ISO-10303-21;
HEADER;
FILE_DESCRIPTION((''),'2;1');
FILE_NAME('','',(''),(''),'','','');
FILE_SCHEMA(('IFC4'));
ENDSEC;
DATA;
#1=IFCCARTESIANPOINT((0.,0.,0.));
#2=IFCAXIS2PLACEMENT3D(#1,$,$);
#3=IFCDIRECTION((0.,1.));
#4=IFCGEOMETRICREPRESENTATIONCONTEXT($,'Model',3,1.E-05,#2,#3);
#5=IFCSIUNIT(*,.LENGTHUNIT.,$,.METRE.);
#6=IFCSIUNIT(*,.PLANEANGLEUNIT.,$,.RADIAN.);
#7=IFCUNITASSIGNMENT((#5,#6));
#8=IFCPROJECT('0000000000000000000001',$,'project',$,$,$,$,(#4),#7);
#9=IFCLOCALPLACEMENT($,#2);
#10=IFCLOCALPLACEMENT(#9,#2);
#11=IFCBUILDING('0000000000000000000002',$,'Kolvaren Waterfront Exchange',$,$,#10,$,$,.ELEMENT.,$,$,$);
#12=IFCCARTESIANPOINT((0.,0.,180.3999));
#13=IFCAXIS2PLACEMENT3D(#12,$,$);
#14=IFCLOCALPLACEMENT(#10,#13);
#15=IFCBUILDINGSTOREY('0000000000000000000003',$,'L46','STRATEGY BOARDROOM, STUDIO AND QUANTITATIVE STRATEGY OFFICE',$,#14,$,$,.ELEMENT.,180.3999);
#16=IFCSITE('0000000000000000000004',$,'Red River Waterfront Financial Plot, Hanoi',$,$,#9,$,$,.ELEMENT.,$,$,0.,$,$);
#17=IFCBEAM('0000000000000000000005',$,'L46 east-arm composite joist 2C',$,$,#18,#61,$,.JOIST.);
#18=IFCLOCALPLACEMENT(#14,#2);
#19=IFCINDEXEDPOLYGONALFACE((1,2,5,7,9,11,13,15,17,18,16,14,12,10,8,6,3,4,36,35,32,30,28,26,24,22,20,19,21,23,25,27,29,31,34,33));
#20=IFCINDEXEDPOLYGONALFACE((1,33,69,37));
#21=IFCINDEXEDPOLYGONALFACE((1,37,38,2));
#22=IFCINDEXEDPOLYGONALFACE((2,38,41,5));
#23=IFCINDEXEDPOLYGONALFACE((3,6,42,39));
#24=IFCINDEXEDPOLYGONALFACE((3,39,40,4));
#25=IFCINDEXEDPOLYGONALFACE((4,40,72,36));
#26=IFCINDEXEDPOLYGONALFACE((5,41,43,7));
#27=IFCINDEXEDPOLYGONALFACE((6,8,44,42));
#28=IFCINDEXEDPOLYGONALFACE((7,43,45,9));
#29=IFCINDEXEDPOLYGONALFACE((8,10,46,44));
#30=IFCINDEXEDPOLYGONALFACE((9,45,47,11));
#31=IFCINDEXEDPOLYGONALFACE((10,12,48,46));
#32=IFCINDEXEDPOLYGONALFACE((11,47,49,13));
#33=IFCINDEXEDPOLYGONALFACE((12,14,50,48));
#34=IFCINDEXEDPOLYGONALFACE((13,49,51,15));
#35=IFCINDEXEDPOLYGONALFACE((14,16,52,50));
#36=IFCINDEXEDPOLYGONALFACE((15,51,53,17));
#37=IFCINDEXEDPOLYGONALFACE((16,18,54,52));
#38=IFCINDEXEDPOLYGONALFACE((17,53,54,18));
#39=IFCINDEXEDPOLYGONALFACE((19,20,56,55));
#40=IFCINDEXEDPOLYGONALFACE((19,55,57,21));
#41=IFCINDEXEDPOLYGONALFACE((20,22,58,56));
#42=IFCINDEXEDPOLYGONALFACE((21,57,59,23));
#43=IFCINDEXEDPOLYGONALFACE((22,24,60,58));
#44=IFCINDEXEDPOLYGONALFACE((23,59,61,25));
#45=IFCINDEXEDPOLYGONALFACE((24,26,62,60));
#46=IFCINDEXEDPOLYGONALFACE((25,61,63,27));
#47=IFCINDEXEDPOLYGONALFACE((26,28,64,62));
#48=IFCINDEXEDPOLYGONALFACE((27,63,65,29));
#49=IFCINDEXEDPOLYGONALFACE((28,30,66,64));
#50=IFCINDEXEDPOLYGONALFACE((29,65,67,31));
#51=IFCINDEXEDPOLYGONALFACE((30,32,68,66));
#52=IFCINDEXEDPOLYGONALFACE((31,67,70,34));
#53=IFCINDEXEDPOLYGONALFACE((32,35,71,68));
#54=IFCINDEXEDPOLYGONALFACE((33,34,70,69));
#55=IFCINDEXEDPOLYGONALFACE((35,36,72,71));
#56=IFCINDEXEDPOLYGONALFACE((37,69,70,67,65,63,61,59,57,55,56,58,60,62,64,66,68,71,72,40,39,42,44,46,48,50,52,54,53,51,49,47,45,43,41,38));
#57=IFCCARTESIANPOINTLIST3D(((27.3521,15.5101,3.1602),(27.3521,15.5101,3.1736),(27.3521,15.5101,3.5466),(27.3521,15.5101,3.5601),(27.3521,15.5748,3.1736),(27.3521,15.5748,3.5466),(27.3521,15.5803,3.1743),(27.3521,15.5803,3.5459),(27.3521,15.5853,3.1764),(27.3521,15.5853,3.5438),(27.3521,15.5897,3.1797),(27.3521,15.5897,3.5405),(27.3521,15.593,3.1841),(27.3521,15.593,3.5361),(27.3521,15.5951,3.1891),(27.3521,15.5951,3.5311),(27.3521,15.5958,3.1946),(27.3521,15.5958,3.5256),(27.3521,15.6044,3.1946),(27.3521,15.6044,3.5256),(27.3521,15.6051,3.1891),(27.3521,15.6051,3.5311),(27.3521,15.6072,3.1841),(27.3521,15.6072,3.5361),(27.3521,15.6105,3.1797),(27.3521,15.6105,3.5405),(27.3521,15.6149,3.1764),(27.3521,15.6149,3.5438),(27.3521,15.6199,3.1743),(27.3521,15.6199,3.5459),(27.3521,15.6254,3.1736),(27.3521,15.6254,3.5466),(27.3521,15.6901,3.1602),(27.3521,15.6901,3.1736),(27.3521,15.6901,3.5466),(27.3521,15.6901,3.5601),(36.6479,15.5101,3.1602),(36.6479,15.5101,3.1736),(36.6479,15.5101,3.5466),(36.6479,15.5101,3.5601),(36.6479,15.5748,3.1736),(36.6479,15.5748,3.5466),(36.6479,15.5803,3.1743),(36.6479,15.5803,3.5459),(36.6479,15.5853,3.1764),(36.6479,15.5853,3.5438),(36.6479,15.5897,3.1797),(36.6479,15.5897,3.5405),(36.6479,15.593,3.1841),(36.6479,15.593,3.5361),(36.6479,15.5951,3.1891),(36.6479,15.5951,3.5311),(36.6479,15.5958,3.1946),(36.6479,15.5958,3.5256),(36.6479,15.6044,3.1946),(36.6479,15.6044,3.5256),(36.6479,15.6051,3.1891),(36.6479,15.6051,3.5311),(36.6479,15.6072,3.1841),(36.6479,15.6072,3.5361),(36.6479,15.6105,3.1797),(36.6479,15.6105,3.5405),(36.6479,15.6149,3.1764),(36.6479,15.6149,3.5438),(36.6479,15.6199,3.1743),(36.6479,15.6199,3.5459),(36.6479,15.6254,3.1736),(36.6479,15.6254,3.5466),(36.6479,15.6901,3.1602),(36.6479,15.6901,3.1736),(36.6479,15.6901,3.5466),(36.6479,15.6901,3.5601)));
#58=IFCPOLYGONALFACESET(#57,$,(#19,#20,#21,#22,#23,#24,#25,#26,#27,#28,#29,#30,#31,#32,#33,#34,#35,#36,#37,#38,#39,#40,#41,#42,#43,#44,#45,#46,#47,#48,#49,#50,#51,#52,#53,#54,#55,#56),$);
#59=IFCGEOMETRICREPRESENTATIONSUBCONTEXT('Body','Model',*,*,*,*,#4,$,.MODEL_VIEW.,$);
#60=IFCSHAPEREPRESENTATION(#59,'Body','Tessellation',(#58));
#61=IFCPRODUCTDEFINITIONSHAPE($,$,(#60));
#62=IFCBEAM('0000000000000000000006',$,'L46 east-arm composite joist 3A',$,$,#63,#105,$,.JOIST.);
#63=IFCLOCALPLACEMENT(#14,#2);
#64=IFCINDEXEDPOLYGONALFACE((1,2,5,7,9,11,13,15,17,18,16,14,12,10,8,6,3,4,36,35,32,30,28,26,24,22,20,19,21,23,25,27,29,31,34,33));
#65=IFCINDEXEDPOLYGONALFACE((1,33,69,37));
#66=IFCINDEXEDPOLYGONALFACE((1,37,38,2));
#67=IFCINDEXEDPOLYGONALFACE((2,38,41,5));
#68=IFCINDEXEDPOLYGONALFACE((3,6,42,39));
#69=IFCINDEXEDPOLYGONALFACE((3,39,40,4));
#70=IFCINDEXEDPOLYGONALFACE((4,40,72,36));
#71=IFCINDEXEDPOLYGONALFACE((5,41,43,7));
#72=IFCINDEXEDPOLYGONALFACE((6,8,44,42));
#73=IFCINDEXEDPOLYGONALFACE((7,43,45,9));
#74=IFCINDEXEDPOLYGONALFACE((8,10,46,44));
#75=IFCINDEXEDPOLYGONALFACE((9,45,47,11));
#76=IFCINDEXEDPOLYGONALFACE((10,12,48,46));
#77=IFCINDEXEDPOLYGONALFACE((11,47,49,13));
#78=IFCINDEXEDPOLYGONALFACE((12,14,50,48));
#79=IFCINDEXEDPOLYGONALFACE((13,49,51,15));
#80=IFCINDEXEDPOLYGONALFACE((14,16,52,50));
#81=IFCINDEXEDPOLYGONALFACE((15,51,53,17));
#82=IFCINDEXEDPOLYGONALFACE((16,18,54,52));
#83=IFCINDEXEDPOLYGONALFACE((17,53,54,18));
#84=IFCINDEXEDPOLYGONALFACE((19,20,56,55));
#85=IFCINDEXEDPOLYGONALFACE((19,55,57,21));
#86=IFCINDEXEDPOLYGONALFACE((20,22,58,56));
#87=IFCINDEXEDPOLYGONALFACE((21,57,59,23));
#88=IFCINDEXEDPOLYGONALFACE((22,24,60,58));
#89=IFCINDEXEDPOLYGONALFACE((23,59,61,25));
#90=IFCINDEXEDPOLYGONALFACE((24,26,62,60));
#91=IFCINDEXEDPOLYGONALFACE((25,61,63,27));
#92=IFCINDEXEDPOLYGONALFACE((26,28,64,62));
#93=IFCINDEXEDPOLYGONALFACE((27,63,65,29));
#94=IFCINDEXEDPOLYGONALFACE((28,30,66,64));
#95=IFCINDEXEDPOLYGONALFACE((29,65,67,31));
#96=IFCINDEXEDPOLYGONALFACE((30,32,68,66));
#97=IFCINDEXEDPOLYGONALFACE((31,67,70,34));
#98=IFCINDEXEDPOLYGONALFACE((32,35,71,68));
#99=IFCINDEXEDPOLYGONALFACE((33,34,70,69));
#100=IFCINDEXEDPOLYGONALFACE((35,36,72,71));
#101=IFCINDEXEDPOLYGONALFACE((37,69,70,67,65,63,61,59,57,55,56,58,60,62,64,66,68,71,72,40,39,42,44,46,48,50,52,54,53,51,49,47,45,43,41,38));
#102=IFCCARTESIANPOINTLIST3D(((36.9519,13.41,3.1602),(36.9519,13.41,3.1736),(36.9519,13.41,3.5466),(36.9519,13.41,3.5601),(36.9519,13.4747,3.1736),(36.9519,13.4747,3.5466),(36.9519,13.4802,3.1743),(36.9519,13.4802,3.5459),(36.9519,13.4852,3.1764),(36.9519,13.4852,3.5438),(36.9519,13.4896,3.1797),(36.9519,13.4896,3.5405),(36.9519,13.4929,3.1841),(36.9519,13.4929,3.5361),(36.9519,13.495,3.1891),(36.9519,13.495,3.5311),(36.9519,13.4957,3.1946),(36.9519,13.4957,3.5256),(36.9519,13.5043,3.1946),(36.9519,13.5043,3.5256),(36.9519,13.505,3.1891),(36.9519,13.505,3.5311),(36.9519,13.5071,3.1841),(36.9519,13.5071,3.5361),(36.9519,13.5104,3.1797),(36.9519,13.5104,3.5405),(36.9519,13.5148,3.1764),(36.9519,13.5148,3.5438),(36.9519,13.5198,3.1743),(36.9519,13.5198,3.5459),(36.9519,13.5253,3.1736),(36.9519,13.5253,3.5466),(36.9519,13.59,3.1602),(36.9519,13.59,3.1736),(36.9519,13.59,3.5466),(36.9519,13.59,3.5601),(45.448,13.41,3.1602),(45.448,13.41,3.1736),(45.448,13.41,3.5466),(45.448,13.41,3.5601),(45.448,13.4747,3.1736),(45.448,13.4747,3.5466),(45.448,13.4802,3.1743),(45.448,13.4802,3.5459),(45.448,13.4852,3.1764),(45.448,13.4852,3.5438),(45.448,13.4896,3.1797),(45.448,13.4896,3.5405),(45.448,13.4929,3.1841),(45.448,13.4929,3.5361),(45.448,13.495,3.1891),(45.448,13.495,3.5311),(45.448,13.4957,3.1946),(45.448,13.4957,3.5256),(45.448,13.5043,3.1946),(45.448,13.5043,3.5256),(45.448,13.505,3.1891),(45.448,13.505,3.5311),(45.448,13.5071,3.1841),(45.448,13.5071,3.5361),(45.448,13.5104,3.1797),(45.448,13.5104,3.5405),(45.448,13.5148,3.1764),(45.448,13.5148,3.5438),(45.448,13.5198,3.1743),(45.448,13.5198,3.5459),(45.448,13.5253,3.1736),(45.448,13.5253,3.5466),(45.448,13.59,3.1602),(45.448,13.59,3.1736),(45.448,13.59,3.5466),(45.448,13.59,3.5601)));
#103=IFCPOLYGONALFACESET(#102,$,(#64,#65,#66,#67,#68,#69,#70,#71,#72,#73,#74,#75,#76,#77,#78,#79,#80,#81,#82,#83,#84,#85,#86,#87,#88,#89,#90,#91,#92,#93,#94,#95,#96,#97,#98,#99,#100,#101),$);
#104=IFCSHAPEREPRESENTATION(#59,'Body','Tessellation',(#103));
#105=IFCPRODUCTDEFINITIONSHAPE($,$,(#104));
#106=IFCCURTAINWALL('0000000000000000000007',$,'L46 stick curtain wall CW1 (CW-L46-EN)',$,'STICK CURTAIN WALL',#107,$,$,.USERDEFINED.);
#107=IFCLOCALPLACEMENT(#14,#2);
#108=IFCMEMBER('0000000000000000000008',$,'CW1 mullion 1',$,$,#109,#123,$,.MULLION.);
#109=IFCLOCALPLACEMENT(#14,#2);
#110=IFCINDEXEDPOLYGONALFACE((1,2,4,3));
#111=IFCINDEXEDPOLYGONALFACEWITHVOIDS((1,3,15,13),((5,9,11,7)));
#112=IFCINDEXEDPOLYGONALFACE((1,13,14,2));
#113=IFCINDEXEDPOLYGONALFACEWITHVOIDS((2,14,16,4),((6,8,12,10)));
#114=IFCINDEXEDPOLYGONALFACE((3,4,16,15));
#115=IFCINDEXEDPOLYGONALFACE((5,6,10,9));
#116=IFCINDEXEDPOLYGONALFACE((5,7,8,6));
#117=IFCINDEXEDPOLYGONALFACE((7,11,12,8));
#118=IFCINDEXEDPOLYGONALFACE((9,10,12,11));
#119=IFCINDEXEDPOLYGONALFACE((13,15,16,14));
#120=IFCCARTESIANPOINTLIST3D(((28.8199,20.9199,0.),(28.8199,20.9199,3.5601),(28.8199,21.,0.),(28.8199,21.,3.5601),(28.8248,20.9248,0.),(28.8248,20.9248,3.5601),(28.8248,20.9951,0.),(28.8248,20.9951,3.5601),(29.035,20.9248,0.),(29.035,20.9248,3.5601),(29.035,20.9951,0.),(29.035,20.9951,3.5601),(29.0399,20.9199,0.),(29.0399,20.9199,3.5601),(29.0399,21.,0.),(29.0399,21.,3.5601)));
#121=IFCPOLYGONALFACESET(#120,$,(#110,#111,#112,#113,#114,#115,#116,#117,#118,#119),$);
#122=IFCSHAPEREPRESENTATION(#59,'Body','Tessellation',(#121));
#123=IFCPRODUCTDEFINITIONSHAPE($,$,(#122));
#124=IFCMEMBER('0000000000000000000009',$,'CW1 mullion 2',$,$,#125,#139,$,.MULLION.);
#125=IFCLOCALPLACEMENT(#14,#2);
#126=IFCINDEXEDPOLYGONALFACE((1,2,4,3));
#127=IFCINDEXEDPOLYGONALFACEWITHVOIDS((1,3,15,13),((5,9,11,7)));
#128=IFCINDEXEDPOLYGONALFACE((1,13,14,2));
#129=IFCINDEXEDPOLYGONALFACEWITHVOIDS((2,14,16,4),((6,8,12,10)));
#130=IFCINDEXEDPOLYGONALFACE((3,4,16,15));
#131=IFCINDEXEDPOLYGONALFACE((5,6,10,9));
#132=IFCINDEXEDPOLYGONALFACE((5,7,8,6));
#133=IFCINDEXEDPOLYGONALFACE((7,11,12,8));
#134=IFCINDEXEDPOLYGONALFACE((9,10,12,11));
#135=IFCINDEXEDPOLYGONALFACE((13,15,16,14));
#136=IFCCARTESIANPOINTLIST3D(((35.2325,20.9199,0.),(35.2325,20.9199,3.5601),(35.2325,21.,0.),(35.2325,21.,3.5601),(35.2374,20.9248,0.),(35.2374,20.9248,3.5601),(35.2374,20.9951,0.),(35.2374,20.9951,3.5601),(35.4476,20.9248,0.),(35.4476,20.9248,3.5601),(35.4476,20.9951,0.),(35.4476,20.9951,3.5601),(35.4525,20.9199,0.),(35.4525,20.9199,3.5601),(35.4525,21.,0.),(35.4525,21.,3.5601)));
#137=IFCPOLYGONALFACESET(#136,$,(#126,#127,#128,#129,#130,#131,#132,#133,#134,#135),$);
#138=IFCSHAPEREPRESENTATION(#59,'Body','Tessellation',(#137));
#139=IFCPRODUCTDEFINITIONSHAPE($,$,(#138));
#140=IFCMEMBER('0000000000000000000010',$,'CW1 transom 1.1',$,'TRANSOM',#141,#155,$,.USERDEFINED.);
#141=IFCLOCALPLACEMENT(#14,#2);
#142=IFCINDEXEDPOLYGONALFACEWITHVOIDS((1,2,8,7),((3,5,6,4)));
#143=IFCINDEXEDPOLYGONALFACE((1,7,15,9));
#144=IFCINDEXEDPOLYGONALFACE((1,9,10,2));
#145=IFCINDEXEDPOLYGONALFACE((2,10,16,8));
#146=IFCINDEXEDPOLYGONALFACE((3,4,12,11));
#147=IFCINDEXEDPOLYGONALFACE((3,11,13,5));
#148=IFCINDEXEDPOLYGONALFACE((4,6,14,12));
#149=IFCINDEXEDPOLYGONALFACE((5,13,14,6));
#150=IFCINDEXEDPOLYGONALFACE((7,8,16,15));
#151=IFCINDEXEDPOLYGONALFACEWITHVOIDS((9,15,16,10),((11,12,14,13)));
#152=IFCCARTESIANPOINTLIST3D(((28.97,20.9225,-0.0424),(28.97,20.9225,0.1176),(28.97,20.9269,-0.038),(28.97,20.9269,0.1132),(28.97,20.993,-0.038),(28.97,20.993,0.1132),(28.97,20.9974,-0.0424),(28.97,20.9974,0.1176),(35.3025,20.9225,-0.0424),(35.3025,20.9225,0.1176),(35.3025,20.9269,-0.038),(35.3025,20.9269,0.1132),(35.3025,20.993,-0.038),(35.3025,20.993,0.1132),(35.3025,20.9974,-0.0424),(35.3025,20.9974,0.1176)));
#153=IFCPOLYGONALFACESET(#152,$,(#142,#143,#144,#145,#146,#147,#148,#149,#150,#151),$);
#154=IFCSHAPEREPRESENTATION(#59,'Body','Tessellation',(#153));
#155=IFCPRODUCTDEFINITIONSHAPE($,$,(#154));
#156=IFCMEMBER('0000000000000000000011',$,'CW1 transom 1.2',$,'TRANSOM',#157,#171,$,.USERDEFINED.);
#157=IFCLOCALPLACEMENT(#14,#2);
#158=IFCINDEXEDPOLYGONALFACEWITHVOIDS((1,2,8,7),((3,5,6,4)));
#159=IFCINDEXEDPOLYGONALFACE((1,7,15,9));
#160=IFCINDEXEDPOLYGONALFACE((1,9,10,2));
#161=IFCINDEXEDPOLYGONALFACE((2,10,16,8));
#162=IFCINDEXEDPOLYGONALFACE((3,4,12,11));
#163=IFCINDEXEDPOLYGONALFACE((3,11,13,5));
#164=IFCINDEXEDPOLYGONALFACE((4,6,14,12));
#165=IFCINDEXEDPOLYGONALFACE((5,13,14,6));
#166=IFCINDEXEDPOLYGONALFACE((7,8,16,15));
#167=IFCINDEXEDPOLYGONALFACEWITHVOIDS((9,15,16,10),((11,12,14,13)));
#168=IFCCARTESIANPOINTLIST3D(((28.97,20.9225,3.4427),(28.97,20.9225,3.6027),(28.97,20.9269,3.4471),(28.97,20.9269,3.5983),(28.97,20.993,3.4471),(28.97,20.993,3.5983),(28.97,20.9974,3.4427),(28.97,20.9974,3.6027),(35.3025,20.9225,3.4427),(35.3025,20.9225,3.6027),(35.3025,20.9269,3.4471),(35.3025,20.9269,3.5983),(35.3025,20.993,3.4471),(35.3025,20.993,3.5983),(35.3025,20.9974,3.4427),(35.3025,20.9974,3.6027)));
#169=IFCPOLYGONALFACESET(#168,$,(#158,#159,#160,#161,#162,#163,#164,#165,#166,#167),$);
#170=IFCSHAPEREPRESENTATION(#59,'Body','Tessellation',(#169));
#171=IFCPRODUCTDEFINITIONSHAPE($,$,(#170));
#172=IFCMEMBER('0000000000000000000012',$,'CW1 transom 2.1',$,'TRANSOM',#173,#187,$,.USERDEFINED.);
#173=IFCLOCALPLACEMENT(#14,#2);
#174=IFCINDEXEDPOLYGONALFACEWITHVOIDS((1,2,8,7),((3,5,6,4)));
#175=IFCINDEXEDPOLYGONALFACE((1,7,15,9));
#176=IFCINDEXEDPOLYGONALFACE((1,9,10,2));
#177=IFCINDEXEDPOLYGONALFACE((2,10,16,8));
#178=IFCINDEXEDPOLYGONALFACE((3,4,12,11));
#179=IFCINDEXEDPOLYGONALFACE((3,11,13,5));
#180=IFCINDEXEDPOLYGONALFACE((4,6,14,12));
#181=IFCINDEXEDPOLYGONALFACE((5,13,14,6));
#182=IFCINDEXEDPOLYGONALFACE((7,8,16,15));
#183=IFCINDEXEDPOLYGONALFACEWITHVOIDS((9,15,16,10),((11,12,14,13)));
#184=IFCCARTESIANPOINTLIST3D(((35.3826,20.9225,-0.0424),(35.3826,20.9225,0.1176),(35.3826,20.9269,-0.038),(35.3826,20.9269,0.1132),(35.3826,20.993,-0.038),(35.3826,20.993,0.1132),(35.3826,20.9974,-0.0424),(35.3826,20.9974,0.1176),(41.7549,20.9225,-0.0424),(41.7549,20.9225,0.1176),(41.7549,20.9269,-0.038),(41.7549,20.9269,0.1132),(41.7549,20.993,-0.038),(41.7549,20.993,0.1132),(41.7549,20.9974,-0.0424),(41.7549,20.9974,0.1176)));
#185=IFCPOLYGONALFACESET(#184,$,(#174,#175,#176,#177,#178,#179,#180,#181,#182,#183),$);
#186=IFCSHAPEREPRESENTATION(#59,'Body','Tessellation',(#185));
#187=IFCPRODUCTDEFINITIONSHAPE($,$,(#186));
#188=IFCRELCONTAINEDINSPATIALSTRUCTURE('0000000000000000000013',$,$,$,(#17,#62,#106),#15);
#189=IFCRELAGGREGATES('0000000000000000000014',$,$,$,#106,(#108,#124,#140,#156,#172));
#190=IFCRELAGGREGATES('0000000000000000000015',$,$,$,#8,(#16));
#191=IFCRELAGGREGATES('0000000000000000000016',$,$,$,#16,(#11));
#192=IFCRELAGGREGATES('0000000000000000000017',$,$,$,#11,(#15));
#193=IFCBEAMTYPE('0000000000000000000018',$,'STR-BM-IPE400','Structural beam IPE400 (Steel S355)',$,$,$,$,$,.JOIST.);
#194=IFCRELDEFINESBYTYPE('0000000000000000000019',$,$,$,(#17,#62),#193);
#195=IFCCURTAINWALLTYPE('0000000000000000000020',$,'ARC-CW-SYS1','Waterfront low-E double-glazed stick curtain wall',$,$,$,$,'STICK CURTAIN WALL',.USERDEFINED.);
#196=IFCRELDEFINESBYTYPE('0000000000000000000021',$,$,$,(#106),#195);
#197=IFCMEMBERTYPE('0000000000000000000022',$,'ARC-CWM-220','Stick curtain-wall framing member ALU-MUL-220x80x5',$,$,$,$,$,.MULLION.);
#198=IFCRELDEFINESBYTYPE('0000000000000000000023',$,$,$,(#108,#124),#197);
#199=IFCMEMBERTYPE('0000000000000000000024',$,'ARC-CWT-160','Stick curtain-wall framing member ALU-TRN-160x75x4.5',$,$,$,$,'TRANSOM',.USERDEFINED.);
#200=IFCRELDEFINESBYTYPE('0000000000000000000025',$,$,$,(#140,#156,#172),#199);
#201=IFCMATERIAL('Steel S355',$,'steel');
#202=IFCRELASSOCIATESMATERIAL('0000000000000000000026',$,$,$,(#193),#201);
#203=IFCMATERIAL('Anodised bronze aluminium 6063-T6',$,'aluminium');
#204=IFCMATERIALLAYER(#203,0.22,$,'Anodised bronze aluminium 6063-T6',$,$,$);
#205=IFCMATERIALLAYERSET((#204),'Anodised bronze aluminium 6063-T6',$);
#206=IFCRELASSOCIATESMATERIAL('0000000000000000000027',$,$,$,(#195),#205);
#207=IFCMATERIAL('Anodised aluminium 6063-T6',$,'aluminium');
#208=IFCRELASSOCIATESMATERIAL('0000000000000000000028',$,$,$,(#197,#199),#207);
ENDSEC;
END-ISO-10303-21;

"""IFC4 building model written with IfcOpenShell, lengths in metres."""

from ifc_helpers import new_model, si_unit, direction, frame, origin, origin_with_axes, origin_2d, place, context, subcontext, project, spatial, hollow_rectangle, i_section, extrude, source, transform, mapped, material, layer, layer_set, material_profile, profile_set, type_object, element, aggregate, save


model = new_model("IFC4")

# Units and contexts
model_context = context("Model", 3, precision=1e-05, world=origin(), true_north=direction((0.0, 1.0)))
body_context = subcontext(model_context, "Body", "Model", "MODEL_VIEW")
ifc_project = project(units=[si_unit("LENGTHUNIT", "METRE"), si_unit("PLANEANGLEUNIT", "RADIAN")], contexts=[model_context])

# Site, building, storey
site_placement = place(None, origin())
site = spatial("IfcSite", under=ifc_project, at=site_placement, Name="Red River Waterfront Financial Plot, Hanoi", CompositionType="ELEMENT", RefElevation=0.0)
building_placement = place(site_placement, origin())
building = spatial("IfcBuilding", under=site, at=building_placement, Name="Kolvaren Waterfront Exchange", CompositionType="ELEMENT")
storey_placement = place(building_placement, frame((0.0, 0.0, 180.3999)))
storey = spatial("IfcBuildingStorey", under=building, at=storey_placement, Name="L46", Description="STRATEGY BOARDROOM, STUDIO AND QUANTITATIVE STRATEGY OFFICE", CompositionType="ELEMENT", Elevation=180.3999)

# Beams
ifc_material_1 = material(Name="Steel S355", Category="steel")
ifc_material_profile_1 = material_profile(ifc_material_1, i_section(OverallWidth=0.1799, OverallDepth=0.3999, WebThickness=0.0085, FlangeThickness=0.0134, FilletRadius=0.021, at=origin_2d()), Name="IPE400")
ifc_profile_set_1 = profile_set([ifc_material_profile_1], Name="Steel S355")
beam_type_1 = type_object("IfcBeamType", Name="STR-BM-IPE400", Description="Structural beam IPE400 (Steel S355)", PredefinedType="JOIST", material=ifc_profile_set_1)
for number, where, z_axis, x_axis, name in (
    (1, (27.3521, 15.6001, 3.3601), (1.0, 0.0, 0.0), (0.0, 1.0, 0.0), "L46 east-arm composite joist 2C"),
):
    element("IfcBeam", number, at=place(storey_placement, frame(where, z_axis=z_axis, x_axis=x_axis)), inside=storey, type_object=beam_type_1, Name=name, PredefinedType="JOIST", context=body_context, shape_type="SweptSolid", body=[
        extrude(i_section(OverallWidth=0.1799, OverallDepth=0.3999, WebThickness=0.0085, FlangeThickness=0.0134, FilletRadius=0.021, at=origin_2d()), origin(), (0.0, 0.0, 1.0), 9.2959),
    ])
beam_1_placement = place(storey_placement, frame((36.9519, 13.5, 3.3601), z_axis=(1.0, 0.0, 0.0), x_axis=(0.0, 1.0, 0.0)))
element("IfcBeam", 2, at=beam_1_placement, inside=storey, type_object=beam_type_1, Name="L46 east-arm composite joist 3A", PredefinedType="JOIST", context=body_context, shape_type="SweptSolid", body=[
    extrude(i_section(OverallWidth=0.1799, OverallDepth=0.3999, WebThickness=0.0085, FlangeThickness=0.0134, FilletRadius=0.021, at=origin_2d()), origin(), (0.0, 0.0, 1.0), 8.4961),
])

# Curtain wall, members
ifc_material_2 = material(Name="Anodised bronze aluminium 6063-T6", Category="aluminium")
ifc_layer_1 = layer(ifc_material_2, 0.22, Name="Anodised bronze aluminium 6063-T6")
ifc_layer_set_1 = layer_set([ifc_layer_1], Name="Anodised bronze aluminium 6063-T6")
curtain_wall_type = type_object("IfcCurtainWallType", Name="ARC-CW-SYS1", Description="Waterfront low-E double-glazed stick curtain wall", ElementType="STICK CURTAIN WALL", PredefinedType="USERDEFINED", material=ifc_layer_set_1)
curtain_wall_placement = place(storey_placement, origin())
curtain_wall = element("IfcCurtainWall", 3, at=curtain_wall_placement, inside=storey, type_object=curtain_wall_type, Name="L46 stick curtain wall CW1 (CW-L46-EN)", ObjectType="STICK CURTAIN WALL", PredefinedType="USERDEFINED")
ifc_material_3 = material(Name="Anodised aluminium 6063-T6", Category="aluminium")
ifc_material_profile_2 = material_profile(ifc_material_3, hollow_rectangle(XDim=0.0801, YDim=0.22, WallThickness=0.0049, at=origin_2d()), Name="ALU-MUL-220x80x5")
ifc_profile_set_2 = profile_set([ifc_material_profile_2], Name="Anodised aluminium 6063-T6")
member_type_1 = type_object("IfcMemberType", Name="ARC-CWM-220", Description="Stick curtain-wall framing member ALU-MUL-220x80x5", PredefinedType="MULLION", material=ifc_profile_set_2)
shared_shape_1 = source(origin_with_axes(), body_context, "Body", "SweptSolid", [
    extrude(hollow_rectangle(XDim=0.0801, YDim=0.22, WallThickness=0.0049, at=origin_2d()), origin(), (0.0, 0.0, 1.0), 3.5601),
])
member_1_placement = place(storey_placement, frame((28.9299, 20.96, 0.0), z_axis=(0.0, 0.0, 1.0), x_axis=(0.0, 1.0, 0.0)))
member_1 = element("IfcMember", 4, at=member_1_placement, type_object=member_type_1, Name="CW1 mullion 1", PredefinedType="MULLION", context=body_context, shape_type="MappedRepresentation", body=[
    mapped(shared_shape_1, transform((0.0, 0.0, 0.0), x_axis=(1.0, 0.0, 0.0), y_axis=(0.0, 1.0, 0.0), z_axis=(0.0, 0.0, 1.0), scale=1.0)),
])
member_2_placement = place(storey_placement, frame((35.3425, 20.96, 0.0), z_axis=(0.0, 0.0, 1.0), x_axis=(0.0, 1.0, 0.0)))
member_2 = element("IfcMember", 5, at=member_2_placement, type_object=member_type_1, Name="CW1 mullion 2", PredefinedType="MULLION", context=body_context, shape_type="MappedRepresentation", body=[
    mapped(shared_shape_1, transform((0.0, 0.0, 0.0), x_axis=(1.0, 0.0, 0.0), y_axis=(0.0, 1.0, 0.0), z_axis=(0.0, 0.0, 1.0), scale=1.0)),
])
ifc_material_profile_3 = material_profile(ifc_material_3, hollow_rectangle(XDim=0.075, YDim=0.1599, WallThickness=0.0044, at=origin_2d()), Name="ALU-TRN-160x75x4.5")
ifc_profile_set_3 = profile_set([ifc_material_profile_3], Name="Anodised aluminium 6063-T6")
member_type_2 = type_object("IfcMemberType", Name="ARC-CWT-160", Description="Stick curtain-wall framing member ALU-TRN-160x75x4.5", ElementType="TRANSOM", PredefinedType="USERDEFINED", material=ifc_profile_set_3)
shared_shape_2 = source(origin_with_axes(), body_context, "Body", "SweptSolid", [
    extrude(hollow_rectangle(XDim=0.075, YDim=0.1599, WallThickness=0.0044, at=origin_2d()), origin(), (0.0, 0.0, 1.0), 6.3325),
])
member_3_placement = place(storey_placement, frame((28.97, 20.96, 0.0376), z_axis=(1.0, 0.0, 0.0), x_axis=(0.0, 1.0, 0.0)))
member_3 = element("IfcMember", 6, at=member_3_placement, type_object=member_type_2, Name="CW1 transom 1.1", ObjectType="TRANSOM", PredefinedType="USERDEFINED", context=body_context, shape_type="MappedRepresentation", body=[
    mapped(shared_shape_2, transform((0.0, 0.0, 0.0), x_axis=(1.0, 0.0, 0.0), y_axis=(0.0, 1.0, 0.0), z_axis=(0.0, 0.0, 1.0), scale=1.0)),
])
member_4_placement = place(storey_placement, frame((28.97, 20.96, 3.5227), z_axis=(1.0, 0.0, 0.0), x_axis=(0.0, 1.0, 0.0)))
member_4 = element("IfcMember", 7, at=member_4_placement, type_object=member_type_2, Name="CW1 transom 1.2", ObjectType="TRANSOM", PredefinedType="USERDEFINED", context=body_context, shape_type="MappedRepresentation", body=[
    mapped(shared_shape_2, transform((0.0, 0.0, 0.0), x_axis=(1.0, 0.0, 0.0), y_axis=(0.0, 1.0, 0.0), z_axis=(0.0, 0.0, 1.0), scale=1.0)),
])
shared_shape_3 = source(origin_with_axes(), body_context, "Body", "SweptSolid", [
    extrude(hollow_rectangle(XDim=0.075, YDim=0.1599, WallThickness=0.0044, at=origin_2d()), origin(), (0.0, 0.0, 1.0), 6.3723),
])
member_5_placement = place(storey_placement, frame((35.3826, 20.96, 0.0376), z_axis=(1.0, 0.0, 0.0), x_axis=(0.0, 1.0, 0.0)))
member_5 = element("IfcMember", 8, at=member_5_placement, type_object=member_type_2, Name="CW1 transom 2.1", ObjectType="TRANSOM", PredefinedType="USERDEFINED", context=body_context, shape_type="MappedRepresentation", body=[
    mapped(shared_shape_3, transform((0.0, 0.0, 0.0), x_axis=(1.0, 0.0, 0.0), y_axis=(0.0, 1.0, 0.0), z_axis=(0.0, 0.0, 1.0), scale=1.0)),
])
aggregate(curtain_wall, [member_1, member_2, member_3, member_4, member_5])

save(model, "model.ifc")
